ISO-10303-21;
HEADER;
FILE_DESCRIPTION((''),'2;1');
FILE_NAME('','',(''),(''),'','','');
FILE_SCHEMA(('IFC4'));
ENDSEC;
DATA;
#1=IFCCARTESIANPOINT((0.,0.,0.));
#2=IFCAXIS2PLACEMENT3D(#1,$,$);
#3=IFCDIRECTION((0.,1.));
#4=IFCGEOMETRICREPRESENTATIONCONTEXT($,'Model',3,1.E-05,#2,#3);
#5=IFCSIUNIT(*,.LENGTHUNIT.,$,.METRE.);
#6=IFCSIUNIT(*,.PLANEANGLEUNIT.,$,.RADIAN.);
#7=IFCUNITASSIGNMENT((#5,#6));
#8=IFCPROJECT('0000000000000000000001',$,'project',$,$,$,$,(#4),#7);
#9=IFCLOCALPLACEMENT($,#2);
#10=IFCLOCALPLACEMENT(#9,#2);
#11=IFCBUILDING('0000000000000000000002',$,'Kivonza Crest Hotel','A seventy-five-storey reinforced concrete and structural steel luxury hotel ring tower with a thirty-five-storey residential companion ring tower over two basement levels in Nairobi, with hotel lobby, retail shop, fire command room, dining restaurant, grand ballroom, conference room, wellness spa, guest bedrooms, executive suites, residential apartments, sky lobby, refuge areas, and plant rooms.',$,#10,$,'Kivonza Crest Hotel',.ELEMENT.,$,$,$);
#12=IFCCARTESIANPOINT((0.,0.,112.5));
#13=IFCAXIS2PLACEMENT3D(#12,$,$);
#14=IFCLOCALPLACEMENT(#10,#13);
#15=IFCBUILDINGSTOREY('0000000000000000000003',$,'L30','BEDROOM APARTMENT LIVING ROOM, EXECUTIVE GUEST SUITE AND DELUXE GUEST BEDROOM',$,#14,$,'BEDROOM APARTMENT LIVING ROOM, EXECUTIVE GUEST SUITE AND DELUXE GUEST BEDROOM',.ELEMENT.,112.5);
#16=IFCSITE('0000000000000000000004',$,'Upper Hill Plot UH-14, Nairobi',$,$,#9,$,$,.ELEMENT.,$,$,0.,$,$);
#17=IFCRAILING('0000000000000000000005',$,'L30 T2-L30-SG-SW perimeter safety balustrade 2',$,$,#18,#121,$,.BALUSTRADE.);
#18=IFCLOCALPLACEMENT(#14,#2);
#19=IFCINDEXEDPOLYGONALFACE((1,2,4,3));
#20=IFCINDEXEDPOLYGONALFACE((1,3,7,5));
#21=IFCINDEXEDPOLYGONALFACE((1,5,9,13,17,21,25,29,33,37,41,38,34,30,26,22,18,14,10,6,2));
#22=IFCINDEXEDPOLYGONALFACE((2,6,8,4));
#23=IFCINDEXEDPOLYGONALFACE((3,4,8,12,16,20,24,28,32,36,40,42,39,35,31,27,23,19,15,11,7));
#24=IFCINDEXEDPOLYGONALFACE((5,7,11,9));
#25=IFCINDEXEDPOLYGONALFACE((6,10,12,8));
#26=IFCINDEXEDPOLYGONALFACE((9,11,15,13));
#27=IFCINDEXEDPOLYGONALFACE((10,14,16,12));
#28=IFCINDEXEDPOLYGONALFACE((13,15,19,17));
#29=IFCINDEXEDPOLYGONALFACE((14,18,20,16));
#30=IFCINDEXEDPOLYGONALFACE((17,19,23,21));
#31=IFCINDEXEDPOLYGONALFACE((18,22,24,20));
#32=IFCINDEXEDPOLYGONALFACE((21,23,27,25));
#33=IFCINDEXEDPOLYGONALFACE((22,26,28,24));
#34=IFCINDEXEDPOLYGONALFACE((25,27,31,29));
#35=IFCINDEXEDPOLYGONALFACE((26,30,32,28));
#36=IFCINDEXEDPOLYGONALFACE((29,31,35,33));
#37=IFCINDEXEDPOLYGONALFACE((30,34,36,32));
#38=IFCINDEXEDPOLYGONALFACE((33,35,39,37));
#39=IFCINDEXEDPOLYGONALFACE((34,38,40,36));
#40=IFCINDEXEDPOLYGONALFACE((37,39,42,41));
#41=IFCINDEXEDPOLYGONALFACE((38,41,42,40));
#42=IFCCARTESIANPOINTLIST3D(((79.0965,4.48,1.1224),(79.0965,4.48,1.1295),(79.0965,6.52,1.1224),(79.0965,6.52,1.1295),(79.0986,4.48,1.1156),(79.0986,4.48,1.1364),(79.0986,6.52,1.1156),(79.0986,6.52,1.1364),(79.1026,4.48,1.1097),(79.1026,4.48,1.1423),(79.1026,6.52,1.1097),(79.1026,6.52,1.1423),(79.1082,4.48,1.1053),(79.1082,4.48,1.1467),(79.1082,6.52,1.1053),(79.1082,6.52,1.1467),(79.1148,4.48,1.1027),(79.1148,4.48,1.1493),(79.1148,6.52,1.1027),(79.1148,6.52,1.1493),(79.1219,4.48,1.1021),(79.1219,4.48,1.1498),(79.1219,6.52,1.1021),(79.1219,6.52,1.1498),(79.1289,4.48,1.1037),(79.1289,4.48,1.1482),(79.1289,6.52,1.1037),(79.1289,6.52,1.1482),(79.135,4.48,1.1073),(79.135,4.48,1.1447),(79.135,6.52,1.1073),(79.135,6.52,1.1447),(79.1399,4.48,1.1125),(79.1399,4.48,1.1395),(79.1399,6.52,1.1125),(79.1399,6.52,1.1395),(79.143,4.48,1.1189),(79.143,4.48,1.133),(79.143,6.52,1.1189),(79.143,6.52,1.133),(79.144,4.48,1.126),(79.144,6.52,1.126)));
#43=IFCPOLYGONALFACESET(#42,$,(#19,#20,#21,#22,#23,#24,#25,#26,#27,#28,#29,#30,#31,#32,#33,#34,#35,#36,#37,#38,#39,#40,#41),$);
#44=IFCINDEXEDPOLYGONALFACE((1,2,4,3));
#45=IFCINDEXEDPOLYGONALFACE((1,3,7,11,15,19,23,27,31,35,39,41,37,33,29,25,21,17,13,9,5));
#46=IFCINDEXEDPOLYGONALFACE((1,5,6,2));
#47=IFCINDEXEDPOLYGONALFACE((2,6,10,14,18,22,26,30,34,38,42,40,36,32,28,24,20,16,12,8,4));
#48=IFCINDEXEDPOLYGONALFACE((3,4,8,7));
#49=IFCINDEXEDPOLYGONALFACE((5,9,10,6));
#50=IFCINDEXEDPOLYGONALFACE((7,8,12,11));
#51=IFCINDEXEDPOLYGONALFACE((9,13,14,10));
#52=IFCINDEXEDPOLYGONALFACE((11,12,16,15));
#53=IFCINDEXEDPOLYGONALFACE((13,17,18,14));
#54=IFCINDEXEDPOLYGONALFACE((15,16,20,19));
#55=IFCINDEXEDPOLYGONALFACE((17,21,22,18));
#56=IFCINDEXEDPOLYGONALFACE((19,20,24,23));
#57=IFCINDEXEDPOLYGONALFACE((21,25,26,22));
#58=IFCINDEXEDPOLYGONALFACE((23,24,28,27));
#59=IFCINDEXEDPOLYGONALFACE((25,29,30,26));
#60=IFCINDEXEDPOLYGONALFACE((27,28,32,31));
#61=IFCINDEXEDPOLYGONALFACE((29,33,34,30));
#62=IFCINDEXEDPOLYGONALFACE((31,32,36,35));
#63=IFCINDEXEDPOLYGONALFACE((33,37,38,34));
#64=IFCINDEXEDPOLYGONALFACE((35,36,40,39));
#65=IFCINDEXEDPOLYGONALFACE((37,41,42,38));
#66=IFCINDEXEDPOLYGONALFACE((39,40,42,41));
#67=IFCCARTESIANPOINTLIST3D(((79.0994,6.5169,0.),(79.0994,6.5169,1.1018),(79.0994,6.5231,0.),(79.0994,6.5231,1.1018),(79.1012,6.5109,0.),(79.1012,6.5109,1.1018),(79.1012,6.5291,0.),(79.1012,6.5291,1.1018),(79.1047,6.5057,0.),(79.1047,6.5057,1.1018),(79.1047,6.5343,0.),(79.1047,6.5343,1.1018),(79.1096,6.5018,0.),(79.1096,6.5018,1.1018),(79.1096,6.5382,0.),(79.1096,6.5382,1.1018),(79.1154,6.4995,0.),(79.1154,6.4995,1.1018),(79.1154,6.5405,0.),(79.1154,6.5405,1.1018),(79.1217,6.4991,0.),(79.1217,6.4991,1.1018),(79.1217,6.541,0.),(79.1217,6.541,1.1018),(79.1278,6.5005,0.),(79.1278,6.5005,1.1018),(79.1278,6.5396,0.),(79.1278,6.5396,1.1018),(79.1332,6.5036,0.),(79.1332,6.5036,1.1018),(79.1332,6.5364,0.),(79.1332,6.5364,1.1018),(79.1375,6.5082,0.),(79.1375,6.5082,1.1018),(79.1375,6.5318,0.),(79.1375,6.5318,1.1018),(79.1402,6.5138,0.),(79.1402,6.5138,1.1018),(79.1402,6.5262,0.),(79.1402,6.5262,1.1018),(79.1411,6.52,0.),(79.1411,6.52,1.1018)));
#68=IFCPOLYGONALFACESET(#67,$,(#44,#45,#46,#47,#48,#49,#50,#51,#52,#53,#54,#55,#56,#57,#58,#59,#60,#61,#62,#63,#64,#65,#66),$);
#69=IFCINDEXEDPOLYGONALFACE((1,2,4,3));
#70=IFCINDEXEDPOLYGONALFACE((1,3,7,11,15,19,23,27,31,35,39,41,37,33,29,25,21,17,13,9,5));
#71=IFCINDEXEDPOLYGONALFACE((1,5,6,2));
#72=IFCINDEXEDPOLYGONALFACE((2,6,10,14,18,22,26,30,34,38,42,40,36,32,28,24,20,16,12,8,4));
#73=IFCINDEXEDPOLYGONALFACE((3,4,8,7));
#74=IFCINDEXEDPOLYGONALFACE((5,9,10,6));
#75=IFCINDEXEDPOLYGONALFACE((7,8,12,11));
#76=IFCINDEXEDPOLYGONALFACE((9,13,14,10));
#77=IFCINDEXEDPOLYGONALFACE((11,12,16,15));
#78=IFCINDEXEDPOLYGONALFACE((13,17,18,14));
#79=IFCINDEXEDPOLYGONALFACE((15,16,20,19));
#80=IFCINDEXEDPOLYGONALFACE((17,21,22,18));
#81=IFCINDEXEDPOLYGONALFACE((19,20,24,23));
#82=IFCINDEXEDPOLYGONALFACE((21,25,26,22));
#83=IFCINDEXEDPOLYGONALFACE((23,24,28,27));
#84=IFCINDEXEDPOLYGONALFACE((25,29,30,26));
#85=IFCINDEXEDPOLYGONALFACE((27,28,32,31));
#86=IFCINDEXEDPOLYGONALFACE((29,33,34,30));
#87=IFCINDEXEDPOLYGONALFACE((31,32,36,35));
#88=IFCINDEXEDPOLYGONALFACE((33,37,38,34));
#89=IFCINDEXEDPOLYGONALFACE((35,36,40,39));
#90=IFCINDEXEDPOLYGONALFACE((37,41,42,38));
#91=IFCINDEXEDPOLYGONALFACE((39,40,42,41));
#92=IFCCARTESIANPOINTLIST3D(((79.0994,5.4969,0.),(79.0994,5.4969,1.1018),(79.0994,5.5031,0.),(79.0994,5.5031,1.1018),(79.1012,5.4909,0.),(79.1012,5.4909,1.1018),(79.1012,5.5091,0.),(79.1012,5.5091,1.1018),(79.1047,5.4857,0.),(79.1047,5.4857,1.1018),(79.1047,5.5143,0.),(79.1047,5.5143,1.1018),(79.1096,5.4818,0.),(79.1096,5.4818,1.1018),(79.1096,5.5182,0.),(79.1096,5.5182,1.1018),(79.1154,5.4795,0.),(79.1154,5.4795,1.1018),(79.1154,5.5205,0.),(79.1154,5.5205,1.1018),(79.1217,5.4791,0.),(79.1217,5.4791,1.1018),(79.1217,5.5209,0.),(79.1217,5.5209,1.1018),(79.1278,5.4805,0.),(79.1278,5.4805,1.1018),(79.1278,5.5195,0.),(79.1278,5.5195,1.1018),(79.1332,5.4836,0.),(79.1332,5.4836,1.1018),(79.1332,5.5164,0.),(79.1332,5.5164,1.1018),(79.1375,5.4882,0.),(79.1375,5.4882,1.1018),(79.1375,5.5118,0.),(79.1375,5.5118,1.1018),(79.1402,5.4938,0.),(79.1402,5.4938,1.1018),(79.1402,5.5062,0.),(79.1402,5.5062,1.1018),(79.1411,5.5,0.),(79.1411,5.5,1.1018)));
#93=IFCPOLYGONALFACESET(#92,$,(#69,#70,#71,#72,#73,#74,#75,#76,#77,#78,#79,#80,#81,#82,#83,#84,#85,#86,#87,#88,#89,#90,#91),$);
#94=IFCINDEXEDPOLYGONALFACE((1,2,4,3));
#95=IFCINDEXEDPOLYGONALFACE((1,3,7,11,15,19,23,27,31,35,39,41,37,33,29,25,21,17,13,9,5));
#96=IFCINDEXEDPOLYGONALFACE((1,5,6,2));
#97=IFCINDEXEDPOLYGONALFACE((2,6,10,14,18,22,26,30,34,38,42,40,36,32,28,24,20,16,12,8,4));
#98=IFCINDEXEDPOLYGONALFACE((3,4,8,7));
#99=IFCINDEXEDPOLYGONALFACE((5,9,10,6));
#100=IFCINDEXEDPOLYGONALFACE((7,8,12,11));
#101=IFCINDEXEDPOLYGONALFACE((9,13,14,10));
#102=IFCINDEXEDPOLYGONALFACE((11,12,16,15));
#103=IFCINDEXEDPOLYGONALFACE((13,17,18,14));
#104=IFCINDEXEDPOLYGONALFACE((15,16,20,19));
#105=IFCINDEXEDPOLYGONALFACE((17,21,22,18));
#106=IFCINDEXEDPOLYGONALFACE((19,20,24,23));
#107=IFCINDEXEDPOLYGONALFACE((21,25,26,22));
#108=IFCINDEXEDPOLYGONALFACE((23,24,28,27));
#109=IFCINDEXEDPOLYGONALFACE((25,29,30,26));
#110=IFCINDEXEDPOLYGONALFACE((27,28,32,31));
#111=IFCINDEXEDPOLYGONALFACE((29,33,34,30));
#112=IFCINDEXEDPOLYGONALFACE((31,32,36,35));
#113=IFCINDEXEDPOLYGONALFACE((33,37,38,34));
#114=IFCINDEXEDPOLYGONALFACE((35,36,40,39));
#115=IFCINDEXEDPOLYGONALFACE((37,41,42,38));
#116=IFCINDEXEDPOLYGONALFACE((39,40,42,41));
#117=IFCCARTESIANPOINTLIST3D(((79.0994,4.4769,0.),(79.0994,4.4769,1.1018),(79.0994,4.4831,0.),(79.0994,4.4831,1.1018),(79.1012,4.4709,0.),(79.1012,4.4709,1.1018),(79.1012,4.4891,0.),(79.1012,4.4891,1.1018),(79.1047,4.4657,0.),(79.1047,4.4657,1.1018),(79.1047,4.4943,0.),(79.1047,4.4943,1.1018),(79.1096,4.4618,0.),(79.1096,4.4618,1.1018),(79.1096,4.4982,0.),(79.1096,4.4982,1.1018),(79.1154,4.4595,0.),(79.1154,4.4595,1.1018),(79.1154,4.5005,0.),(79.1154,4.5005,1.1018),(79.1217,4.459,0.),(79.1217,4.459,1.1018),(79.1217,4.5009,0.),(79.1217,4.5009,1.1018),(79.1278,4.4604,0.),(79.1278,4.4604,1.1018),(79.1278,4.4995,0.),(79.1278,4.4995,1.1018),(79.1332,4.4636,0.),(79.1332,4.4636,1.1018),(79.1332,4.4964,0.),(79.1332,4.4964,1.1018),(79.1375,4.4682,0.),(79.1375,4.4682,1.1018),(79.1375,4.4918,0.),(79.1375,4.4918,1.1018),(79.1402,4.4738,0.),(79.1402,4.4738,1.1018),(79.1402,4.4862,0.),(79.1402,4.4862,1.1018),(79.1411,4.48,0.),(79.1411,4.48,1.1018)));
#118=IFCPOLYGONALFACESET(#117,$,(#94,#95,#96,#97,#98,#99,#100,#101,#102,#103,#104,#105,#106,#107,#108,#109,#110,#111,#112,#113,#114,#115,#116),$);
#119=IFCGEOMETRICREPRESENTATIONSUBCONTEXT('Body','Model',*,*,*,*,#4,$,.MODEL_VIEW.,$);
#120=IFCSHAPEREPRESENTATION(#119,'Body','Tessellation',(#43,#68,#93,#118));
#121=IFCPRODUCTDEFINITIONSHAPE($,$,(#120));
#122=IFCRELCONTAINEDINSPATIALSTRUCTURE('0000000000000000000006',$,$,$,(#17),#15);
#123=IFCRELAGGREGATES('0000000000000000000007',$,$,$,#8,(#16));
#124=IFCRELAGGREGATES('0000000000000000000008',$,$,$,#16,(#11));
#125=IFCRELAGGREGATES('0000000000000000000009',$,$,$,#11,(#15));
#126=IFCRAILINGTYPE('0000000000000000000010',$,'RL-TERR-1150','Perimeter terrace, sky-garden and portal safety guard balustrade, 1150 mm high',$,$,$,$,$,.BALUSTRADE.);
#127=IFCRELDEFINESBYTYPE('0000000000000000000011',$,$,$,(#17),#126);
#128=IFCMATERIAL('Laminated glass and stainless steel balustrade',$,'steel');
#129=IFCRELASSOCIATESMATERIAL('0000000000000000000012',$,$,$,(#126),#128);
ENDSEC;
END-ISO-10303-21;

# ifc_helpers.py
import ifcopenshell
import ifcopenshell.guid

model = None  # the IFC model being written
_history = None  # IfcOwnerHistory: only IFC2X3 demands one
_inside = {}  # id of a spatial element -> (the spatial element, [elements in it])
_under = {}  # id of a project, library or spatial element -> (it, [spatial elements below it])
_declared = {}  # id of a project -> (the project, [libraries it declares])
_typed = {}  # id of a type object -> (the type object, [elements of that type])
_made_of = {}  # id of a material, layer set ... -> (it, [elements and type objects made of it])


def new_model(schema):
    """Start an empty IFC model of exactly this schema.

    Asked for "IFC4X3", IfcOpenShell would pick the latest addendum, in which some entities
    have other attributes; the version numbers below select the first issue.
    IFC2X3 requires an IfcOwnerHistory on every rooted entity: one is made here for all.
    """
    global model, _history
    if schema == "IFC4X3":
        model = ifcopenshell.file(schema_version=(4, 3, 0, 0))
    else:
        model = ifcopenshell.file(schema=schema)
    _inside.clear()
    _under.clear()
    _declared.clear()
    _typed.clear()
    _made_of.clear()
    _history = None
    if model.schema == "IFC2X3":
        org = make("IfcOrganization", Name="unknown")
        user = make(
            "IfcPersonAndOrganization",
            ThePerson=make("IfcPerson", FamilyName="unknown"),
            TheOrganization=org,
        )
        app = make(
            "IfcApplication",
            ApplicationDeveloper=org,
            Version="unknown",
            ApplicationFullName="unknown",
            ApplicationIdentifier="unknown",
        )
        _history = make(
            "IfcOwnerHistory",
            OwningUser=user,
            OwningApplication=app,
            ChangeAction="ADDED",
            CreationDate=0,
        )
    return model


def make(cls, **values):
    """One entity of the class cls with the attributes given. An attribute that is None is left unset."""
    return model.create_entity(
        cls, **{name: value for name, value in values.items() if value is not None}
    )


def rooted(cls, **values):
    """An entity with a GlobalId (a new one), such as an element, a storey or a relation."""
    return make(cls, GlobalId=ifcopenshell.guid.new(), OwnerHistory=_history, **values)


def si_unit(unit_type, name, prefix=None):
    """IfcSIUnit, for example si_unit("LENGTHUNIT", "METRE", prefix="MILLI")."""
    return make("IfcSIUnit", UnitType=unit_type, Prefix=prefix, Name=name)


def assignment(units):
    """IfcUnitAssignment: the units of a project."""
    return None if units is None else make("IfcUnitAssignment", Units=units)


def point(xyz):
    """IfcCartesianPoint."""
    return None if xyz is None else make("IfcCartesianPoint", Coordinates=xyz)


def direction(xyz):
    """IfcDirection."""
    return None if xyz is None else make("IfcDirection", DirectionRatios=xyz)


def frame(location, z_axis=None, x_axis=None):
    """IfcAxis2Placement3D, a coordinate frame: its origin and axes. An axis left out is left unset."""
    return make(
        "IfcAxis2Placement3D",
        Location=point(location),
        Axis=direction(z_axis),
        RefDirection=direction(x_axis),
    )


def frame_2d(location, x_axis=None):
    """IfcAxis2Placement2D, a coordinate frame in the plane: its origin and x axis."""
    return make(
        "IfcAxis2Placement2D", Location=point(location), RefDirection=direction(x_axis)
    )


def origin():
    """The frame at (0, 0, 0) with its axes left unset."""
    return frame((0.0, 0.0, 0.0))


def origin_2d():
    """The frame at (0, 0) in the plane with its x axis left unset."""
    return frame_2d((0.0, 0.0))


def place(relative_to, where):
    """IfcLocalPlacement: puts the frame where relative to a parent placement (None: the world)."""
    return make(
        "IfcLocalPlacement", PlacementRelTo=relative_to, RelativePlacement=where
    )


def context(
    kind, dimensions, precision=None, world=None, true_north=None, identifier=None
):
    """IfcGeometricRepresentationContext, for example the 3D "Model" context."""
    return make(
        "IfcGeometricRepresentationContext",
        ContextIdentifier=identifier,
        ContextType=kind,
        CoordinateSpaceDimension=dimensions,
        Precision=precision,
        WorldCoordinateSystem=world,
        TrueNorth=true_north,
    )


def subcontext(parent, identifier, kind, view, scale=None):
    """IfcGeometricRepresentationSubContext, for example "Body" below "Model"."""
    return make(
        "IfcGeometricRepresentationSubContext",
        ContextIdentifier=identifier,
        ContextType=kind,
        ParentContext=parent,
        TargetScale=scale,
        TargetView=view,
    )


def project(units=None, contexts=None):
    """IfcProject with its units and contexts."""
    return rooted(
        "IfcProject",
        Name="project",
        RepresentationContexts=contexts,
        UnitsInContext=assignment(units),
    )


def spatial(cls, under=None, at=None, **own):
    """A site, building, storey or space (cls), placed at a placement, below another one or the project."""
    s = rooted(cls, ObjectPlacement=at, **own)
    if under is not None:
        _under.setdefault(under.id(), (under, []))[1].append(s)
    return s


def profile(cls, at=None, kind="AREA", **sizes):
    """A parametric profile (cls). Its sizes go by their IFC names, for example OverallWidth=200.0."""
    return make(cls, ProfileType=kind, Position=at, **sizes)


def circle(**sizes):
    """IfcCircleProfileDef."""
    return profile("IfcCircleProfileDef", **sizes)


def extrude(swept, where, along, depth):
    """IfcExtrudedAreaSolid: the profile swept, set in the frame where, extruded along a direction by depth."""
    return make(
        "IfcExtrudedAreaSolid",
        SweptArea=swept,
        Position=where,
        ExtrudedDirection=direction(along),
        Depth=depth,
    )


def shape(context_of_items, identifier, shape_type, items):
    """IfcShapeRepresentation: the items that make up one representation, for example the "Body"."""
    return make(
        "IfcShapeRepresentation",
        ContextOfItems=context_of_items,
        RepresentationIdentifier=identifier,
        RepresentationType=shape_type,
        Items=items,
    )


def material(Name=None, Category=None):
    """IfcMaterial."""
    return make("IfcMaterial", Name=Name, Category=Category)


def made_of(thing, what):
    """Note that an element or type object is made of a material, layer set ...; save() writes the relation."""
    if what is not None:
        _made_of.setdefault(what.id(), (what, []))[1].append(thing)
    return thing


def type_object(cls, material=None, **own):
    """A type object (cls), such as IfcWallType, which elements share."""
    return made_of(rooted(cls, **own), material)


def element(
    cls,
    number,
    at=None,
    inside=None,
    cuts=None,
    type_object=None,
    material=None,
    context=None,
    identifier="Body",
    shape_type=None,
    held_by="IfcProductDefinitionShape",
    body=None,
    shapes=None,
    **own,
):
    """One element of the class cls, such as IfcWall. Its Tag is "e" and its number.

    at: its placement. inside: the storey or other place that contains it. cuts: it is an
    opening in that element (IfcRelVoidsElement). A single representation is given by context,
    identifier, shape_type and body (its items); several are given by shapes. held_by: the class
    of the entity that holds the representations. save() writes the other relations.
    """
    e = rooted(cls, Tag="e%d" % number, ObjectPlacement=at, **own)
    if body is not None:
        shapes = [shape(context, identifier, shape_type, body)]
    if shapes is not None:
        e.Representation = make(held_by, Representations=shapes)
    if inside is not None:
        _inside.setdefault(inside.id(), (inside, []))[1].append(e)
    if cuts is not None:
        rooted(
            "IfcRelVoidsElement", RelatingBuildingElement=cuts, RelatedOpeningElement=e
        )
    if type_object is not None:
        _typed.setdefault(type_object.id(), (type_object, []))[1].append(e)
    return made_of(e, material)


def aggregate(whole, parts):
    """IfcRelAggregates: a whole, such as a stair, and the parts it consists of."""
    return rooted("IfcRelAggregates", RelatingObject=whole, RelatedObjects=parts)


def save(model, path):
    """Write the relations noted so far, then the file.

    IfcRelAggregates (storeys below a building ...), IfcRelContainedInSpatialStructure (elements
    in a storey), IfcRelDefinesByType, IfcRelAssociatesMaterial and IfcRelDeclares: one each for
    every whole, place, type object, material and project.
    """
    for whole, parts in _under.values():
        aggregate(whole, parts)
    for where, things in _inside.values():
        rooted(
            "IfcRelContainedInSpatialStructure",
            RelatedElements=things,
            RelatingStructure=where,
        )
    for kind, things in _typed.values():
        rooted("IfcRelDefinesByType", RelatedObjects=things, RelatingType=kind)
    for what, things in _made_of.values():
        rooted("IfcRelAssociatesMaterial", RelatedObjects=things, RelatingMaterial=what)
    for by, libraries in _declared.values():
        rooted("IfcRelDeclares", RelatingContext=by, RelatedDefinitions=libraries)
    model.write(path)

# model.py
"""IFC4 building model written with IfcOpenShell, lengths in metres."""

from ifc_helpers import new_model, si_unit, direction, frame, origin, origin_2d, place, context, subcontext, project, spatial, circle, extrude, material, type_object, element, save


model = new_model("IFC4")

# Units and contexts
model_context = context("Model", 3, precision=1e-05, world=origin(), true_north=direction((0.0, 1.0)))
body_context = subcontext(model_context, "Body", "Model", "MODEL_VIEW")
ifc_project = project(units=[si_unit("LENGTHUNIT", "METRE"), si_unit("PLANEANGLEUNIT", "RADIAN")], contexts=[model_context])

# Site, building, storey
site_placement = place(None, origin())
site = spatial("IfcSite", under=ifc_project, at=site_placement, Name="Upper Hill Plot UH-14, Nairobi", CompositionType="ELEMENT", RefElevation=0.0)
building_placement = place(site_placement, origin())
building = spatial("IfcBuilding", under=site, at=building_placement, Name="Kivonza Crest Hotel", Description="A seventy-five-storey reinforced concrete and structural steel luxury hotel ring tower with a thirty-five-storey residential companion ring tower over two basement levels in Nairobi, with hotel lobby, retail shop, fire command room, dining restaurant, grand ballroom, conference room, wellness spa, guest bedrooms, executive suites, residential apartments, sky lobby, refuge areas, and plant rooms.", LongName="Kivonza Crest Hotel", CompositionType="ELEMENT")
storey_placement = place(building_placement, frame((0.0, 0.0, 112.5)))
storey = spatial("IfcBuildingStorey", under=building, at=storey_placement, Name="L30", Description="BEDROOM APARTMENT LIVING ROOM, EXECUTIVE GUEST SUITE AND DELUXE GUEST BEDROOM", LongName="BEDROOM APARTMENT LIVING ROOM, EXECUTIVE GUEST SUITE AND DELUXE GUEST BEDROOM", CompositionType="ELEMENT", Elevation=112.5)

# Railing
ifc_material_1 = material(Name="Laminated glass and stainless steel balustrade", Category="steel")
railing_type = type_object("IfcRailingType", Name="RL-TERR-1150", Description="Perimeter terrace, sky-garden and portal safety guard balustrade, 1150 mm high", PredefinedType="BALUSTRADE", material=ifc_material_1)
railing_1_placement = place(storey_placement, frame((79.1201, 6.52, 0.0)))
element("IfcRailing", 1, at=railing_1_placement, inside=storey, type_object=railing_type, Name="L30 T2-L30-SG-SW perimeter safety balustrade 2", PredefinedType="BALUSTRADE", context=body_context, shape_type="SweptSolid", body=[
    extrude(circle(Radius=0.0239, at=origin_2d()), frame((0.0, 0.0, 1.126), z_axis=(0.0, -1.0, 0.0), x_axis=(1.0, 0.0, 0.0)), (0.0, 0.0, 1.0), 2.04),
    extrude(circle(Radius=0.021, at=origin_2d()), origin(), (0.0, 0.0, 1.0), 1.1018),
    extrude(circle(Radius=0.021, at=origin_2d()), frame((0.0, -1.02, 0.0)), (0.0, 0.0, 1.0), 1.1018),
    extrude(circle(Radius=0.021, at=origin_2d()), frame((0.0, -2.04, 0.0)), (0.0, 0.0, 1.0), 1.1018),
])

save(model, "model.ifc")
